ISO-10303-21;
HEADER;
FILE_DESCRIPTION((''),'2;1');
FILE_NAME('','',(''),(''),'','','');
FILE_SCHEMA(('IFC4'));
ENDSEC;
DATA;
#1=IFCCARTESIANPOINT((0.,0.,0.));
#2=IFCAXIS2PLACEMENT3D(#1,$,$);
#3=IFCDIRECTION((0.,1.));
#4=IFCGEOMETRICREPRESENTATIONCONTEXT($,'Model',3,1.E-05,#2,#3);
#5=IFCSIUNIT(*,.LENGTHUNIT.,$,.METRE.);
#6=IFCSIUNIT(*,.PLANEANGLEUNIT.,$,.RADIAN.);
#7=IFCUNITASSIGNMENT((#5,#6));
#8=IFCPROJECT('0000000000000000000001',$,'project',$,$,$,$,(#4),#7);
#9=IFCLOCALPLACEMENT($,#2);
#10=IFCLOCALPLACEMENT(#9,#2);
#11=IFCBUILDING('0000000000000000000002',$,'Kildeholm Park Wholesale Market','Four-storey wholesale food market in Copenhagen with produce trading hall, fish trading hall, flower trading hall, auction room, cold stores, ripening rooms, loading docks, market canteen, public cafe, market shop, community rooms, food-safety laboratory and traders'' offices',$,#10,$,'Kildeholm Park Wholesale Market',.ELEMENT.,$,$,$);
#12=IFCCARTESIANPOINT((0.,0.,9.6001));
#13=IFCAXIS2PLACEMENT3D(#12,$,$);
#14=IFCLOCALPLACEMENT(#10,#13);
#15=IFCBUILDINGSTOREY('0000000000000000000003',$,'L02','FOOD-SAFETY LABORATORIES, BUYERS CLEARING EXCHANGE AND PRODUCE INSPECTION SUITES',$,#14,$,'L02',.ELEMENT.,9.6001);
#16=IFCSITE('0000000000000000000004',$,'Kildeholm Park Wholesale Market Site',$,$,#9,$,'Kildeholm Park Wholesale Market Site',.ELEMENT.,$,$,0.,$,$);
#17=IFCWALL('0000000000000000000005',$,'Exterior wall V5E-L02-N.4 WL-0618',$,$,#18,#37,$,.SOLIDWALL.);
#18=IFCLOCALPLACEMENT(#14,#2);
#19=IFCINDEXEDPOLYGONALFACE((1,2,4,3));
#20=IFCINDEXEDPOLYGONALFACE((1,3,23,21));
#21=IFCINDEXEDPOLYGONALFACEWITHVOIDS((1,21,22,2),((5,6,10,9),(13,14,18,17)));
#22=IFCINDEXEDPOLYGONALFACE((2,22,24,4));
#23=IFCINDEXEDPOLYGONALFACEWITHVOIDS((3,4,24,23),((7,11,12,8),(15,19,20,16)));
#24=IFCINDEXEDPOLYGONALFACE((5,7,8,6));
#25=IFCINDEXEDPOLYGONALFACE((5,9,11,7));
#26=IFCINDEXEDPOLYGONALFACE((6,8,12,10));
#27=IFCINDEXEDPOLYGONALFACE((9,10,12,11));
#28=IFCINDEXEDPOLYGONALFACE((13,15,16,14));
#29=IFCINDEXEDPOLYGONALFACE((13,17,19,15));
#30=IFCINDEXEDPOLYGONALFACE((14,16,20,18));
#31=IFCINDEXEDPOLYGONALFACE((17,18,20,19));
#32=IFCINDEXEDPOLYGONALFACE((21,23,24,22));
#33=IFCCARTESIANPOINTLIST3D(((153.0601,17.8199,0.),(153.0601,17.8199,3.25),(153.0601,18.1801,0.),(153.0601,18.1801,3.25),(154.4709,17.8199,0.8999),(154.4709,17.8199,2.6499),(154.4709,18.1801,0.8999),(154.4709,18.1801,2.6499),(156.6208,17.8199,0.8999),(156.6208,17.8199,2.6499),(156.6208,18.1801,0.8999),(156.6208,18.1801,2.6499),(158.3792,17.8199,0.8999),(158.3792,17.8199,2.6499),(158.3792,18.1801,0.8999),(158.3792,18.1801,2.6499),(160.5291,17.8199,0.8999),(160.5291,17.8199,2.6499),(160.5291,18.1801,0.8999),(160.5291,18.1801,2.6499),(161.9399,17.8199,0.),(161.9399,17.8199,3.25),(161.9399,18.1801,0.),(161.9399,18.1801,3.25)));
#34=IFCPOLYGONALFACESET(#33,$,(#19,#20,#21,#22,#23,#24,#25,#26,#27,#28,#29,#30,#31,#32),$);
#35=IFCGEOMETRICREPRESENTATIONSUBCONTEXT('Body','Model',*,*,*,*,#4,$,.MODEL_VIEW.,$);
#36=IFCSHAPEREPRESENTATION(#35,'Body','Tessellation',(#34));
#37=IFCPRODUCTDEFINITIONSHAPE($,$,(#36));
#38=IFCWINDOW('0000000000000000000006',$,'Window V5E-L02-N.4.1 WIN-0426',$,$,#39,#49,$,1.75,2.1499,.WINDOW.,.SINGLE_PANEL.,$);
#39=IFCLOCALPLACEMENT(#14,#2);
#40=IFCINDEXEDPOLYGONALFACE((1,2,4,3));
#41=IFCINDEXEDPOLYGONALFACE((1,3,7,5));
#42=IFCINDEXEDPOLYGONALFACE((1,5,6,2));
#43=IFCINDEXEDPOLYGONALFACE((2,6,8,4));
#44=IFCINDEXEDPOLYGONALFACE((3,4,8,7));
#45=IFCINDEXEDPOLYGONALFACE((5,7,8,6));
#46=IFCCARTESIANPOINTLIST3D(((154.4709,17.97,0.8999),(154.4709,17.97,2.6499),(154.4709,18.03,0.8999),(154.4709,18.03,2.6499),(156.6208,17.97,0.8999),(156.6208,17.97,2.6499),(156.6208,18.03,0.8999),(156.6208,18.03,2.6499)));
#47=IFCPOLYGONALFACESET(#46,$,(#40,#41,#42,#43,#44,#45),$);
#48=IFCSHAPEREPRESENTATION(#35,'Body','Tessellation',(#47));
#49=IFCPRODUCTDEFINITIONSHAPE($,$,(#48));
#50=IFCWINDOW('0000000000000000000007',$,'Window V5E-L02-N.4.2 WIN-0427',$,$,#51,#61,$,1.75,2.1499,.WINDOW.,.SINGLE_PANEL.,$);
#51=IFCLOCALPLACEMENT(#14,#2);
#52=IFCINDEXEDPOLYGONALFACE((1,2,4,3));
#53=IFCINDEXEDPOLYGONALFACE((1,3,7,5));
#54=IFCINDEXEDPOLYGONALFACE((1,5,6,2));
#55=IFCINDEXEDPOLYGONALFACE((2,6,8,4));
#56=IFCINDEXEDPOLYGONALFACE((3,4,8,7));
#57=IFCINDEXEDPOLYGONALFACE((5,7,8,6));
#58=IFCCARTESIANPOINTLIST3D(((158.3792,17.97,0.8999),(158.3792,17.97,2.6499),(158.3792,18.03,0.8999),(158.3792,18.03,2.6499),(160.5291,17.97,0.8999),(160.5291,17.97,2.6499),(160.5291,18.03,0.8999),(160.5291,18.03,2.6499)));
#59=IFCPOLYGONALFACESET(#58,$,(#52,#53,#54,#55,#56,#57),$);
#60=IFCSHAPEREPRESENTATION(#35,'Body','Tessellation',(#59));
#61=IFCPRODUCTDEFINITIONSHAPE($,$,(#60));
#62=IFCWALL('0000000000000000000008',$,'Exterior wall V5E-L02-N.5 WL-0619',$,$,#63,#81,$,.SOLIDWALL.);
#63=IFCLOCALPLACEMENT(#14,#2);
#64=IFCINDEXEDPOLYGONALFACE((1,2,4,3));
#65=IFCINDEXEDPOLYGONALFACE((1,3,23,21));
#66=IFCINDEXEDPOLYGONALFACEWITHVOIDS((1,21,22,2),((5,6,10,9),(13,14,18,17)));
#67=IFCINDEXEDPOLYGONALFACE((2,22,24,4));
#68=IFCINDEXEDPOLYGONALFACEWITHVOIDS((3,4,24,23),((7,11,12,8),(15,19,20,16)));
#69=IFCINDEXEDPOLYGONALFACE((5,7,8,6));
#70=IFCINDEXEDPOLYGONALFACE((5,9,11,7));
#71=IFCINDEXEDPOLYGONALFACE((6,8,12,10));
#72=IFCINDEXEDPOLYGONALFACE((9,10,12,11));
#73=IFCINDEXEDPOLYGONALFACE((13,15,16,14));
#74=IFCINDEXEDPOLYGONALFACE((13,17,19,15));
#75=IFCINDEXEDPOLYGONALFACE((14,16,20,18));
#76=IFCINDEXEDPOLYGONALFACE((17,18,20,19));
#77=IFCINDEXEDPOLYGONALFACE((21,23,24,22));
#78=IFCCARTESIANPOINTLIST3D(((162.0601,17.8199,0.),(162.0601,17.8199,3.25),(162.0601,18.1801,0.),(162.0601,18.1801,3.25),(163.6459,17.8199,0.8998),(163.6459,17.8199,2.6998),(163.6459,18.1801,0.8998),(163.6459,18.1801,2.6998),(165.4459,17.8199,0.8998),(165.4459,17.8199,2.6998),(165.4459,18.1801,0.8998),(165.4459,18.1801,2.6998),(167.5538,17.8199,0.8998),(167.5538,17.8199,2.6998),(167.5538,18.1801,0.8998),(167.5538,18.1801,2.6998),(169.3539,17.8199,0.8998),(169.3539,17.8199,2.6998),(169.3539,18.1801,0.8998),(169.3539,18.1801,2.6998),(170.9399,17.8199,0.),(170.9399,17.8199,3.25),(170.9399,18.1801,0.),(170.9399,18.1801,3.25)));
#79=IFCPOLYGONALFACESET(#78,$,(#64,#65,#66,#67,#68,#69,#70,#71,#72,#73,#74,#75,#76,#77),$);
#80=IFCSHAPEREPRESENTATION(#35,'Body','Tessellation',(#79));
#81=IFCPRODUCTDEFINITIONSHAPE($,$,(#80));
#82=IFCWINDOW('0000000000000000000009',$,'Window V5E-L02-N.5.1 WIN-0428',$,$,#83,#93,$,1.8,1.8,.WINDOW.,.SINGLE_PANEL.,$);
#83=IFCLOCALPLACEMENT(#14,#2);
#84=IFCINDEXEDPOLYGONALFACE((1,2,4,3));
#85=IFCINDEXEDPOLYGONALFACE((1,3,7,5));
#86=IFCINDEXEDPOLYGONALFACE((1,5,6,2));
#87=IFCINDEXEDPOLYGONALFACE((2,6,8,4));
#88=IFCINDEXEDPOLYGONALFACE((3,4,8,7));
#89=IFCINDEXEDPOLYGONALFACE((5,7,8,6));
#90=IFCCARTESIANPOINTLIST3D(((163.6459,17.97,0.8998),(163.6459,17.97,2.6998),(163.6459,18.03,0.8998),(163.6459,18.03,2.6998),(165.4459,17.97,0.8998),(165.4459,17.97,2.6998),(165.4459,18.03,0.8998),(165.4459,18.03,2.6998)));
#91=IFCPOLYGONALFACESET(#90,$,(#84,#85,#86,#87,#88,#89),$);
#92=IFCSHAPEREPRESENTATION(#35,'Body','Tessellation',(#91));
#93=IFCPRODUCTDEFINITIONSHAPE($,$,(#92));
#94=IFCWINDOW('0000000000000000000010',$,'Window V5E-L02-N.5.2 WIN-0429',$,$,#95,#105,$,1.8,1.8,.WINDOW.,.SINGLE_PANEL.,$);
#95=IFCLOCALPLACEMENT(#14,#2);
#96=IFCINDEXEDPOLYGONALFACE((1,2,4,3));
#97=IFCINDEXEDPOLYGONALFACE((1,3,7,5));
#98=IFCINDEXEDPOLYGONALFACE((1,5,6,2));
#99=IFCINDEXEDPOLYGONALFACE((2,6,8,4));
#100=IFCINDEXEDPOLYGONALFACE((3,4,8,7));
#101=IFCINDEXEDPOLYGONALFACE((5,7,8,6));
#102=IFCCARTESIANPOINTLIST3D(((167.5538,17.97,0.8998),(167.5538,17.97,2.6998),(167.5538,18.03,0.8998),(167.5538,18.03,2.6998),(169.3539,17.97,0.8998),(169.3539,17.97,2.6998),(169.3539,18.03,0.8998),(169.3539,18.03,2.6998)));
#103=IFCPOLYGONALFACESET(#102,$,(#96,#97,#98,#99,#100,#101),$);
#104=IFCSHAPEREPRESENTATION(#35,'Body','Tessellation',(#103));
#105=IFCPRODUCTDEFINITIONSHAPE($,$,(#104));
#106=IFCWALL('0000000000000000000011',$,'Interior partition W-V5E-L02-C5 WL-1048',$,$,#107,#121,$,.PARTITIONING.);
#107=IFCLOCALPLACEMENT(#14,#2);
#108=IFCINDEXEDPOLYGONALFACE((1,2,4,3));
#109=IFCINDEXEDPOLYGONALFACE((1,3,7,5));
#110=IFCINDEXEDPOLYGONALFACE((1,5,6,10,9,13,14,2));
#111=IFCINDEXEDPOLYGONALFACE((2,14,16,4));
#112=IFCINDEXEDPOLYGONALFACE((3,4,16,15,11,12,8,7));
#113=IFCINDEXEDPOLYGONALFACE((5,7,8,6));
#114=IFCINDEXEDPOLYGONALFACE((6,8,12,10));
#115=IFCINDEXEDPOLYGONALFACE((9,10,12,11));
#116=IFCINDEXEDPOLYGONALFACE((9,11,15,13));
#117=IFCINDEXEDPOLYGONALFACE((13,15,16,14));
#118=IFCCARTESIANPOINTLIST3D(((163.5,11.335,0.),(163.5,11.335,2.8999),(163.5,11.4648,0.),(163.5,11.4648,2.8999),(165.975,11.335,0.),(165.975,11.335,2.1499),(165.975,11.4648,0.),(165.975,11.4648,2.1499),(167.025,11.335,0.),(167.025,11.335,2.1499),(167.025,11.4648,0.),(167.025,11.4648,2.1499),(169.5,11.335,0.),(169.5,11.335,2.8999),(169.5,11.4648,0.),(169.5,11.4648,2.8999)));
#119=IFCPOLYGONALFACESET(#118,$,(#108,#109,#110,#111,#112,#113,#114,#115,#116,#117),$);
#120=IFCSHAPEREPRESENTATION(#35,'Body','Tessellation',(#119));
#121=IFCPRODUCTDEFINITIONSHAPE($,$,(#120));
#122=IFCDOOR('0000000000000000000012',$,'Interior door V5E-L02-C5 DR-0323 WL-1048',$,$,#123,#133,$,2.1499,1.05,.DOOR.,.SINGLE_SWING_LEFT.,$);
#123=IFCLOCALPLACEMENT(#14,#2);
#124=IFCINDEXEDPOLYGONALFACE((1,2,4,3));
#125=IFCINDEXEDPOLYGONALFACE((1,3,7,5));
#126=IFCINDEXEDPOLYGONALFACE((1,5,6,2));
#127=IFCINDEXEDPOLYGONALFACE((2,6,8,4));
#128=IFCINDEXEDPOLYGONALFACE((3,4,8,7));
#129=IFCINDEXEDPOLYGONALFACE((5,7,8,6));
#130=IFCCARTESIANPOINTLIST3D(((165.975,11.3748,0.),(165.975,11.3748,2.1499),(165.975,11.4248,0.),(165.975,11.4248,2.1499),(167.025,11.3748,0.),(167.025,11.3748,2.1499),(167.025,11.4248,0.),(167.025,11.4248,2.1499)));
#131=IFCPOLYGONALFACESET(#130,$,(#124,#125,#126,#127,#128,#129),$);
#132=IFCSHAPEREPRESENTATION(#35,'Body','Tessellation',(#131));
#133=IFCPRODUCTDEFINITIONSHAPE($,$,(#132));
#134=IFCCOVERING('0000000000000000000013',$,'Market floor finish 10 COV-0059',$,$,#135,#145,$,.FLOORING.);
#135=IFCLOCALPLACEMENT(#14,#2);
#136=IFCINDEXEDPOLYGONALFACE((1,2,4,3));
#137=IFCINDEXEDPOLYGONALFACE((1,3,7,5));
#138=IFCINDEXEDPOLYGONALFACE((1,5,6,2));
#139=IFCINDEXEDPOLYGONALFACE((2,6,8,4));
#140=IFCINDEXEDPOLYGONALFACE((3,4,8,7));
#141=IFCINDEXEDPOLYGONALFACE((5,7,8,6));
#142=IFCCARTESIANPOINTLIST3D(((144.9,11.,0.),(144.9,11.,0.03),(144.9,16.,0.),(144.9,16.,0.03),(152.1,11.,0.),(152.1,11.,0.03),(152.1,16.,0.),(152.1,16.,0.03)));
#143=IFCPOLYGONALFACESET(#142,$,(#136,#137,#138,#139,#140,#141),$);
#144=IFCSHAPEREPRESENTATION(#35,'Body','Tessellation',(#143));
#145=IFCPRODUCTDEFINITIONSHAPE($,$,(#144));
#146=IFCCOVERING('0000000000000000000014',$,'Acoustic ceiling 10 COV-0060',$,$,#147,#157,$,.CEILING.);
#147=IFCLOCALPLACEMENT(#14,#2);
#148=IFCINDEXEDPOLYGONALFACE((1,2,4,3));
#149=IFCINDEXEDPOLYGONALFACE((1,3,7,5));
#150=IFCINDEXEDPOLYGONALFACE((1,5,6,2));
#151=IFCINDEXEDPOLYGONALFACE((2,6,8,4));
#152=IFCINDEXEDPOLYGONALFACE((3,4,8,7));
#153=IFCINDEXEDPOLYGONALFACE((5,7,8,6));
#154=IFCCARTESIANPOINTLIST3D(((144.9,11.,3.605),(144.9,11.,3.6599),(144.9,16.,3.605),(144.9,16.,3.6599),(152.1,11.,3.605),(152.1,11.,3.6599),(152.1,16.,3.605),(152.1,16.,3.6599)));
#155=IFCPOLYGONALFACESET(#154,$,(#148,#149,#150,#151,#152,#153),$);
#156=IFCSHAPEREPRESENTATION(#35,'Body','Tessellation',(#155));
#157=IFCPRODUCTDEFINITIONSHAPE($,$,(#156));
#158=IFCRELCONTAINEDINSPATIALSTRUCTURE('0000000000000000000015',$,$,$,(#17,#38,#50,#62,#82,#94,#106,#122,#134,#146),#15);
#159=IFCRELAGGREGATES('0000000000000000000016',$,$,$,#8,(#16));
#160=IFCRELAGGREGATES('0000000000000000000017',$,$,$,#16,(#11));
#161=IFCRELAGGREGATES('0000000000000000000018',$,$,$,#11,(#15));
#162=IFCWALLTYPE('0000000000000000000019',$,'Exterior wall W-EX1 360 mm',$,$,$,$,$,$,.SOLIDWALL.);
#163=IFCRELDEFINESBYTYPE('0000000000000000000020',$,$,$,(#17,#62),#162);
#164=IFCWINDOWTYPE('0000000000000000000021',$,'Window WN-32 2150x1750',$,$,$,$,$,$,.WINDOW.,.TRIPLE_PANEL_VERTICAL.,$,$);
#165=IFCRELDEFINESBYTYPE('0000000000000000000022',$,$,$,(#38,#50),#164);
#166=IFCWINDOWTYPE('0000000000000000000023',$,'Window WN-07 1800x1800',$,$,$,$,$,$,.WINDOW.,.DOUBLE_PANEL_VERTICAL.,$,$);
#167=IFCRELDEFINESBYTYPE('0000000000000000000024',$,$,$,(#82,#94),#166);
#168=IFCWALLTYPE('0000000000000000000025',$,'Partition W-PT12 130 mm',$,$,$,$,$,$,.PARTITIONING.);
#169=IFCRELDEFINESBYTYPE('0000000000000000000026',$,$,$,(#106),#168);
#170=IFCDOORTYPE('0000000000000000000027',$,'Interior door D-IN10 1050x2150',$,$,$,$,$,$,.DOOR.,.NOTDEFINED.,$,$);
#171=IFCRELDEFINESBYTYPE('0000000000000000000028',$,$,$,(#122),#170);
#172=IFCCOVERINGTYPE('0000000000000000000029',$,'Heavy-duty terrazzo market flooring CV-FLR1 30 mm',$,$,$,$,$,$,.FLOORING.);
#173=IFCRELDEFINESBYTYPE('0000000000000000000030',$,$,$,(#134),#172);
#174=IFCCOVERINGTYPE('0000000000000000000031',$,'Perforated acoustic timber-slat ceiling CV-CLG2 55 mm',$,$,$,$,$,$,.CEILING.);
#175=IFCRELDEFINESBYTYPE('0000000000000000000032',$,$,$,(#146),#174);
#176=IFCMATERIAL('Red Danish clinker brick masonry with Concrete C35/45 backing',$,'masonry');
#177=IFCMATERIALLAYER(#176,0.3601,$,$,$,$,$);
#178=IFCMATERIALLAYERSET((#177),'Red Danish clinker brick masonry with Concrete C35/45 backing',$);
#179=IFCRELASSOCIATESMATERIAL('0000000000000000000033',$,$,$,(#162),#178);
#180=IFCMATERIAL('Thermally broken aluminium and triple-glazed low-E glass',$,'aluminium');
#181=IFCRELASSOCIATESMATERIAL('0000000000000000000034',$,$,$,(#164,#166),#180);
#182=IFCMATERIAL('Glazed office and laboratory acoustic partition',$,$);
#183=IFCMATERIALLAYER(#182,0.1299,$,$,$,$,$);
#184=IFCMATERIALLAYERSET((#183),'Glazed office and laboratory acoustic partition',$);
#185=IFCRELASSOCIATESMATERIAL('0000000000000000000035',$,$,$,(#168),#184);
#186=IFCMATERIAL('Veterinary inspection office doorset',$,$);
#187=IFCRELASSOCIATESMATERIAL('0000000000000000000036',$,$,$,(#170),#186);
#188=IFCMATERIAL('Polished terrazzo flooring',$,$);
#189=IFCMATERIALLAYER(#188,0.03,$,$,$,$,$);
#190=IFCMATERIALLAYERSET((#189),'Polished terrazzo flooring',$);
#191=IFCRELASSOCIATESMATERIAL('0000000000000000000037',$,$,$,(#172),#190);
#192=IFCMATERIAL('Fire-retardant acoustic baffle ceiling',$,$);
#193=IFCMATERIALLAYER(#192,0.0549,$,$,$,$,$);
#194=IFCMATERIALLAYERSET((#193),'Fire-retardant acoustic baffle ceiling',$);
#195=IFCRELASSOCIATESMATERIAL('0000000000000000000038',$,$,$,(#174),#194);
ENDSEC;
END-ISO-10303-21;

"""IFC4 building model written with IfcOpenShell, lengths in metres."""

from ifc_helpers import new_model, si_unit, direction, frame, frame_2d, origin, origin_2d, place, context, subcontext, project, spatial, rectangle, extrude, material, layer, layer_set, type_object, element, fill, save


model = new_model("IFC4")

# Units and contexts
model_context = context("Model", 3, precision=1e-05, world=origin(), true_north=direction((0.0, 1.0)))
body_context = subcontext(model_context, "Body", "Model", "MODEL_VIEW")
ifc_project = project(units=[si_unit("LENGTHUNIT", "METRE"), si_unit("PLANEANGLEUNIT", "RADIAN")], contexts=[model_context])

# Site, building, storey
site_placement = place(None, origin())
site = spatial("IfcSite", under=ifc_project, at=site_placement, Name="Kildeholm Park Wholesale Market Site", LongName="Kildeholm Park Wholesale Market Site", CompositionType="ELEMENT", RefElevation=0.0)
building_placement = place(site_placement, origin())
building = spatial("IfcBuilding", under=site, at=building_placement, Name="Kildeholm Park Wholesale Market", Description="Four-storey wholesale food market in Copenhagen with produce trading hall, fish trading hall, flower trading hall, auction room, cold stores, ripening rooms, loading docks, market canteen, public cafe, market shop, community rooms, food-safety laboratory and traders' offices", LongName="Kildeholm Park Wholesale Market", CompositionType="ELEMENT")
storey_placement = place(building_placement, frame((0.0, 0.0, 9.6001)))
storey = spatial("IfcBuildingStorey", under=building, at=storey_placement, Name="L02", Description="FOOD-SAFETY LABORATORIES, BUYERS CLEARING EXCHANGE AND PRODUCE INSPECTION SUITES", LongName="L02", CompositionType="ELEMENT", Elevation=9.6001)

# Walls, openings, windows
ifc_material_1 = material(Name="Red Danish clinker brick masonry with Concrete C35/45 backing", Category="masonry")
ifc_layer_1 = layer(ifc_material_1, 0.3601)
ifc_layer_set_1 = layer_set([ifc_layer_1], Name="Red Danish clinker brick masonry with Concrete C35/45 backing")
wall_type_1 = type_object("IfcWallType", Name="Exterior wall W-EX1 360 mm", PredefinedType="SOLIDWALL", material=ifc_layer_set_1)
wall_1_placement = place(storey_placement, frame((153.0601, 18.0, 0.0), z_axis=(0.0, 0.0, 1.0), x_axis=(1.0, 0.0, 0.0)))
wall_1 = element("IfcWall", 1, at=wall_1_placement, inside=storey, type_object=wall_type_1, Name="Exterior wall V5E-L02-N.4 WL-0618", PredefinedType="SOLIDWALL", context=body_context, shape_type="SweptSolid", body=[
    extrude(rectangle(XDim=8.8799, YDim=0.3601, at=frame_2d((4.4399, 0.0))), origin(), (0.0, 0.0, 1.0), 3.25),
])
opening_1_placement = place(wall_1_placement, frame((1.4109, 0.0, 0.8999)))
opening_1 = element("IfcOpeningElement", 2, at=opening_1_placement, cuts=wall_1, PredefinedType="OPENING", context=body_context, shape_type="SweptSolid", body=[
    extrude(rectangle(XDim=2.1499, YDim=1.75, at=frame_2d((1.075, 0.875))), frame((0.0, 0.1899, 0.0), z_axis=(0.0, -1.0, 0.0), x_axis=(1.0, 0.0, 0.0)), (0.0, 0.0, 1.0), 0.3801),
])
opening_2_placement = place(wall_1_placement, frame((5.3191, 0.0, 0.8999)))
opening_2 = element("IfcOpeningElement", 3, at=opening_2_placement, cuts=wall_1, PredefinedType="OPENING", context=body_context, shape_type="SweptSolid", body=[
    extrude(rectangle(XDim=2.1499, YDim=1.75, at=frame_2d((1.075, 0.875))), frame((0.0, 0.1899, 0.0), z_axis=(0.0, -1.0, 0.0), x_axis=(1.0, 0.0, 0.0)), (0.0, 0.0, 1.0), 0.3801),
])
ifc_material_2 = material(Name="Thermally broken aluminium and triple-glazed low-E glass", Category="aluminium")
window_type_1 = type_object("IfcWindowType", Name="Window WN-32 2150x1750", PartitioningType="TRIPLE_PANEL_VERTICAL", PredefinedType="WINDOW", material=ifc_material_2)
window_1_placement = place(opening_1_placement, origin())
window_1 = element("IfcWindow", 4, at=window_1_placement, inside=storey, type_object=window_type_1, Name="Window V5E-L02-N.4.1 WIN-0426", OverallHeight=1.75, OverallWidth=2.1499, PartitioningType="SINGLE_PANEL", PredefinedType="WINDOW", context=body_context, shape_type="SweptSolid", body=[
    extrude(rectangle(XDim=2.1499, YDim=1.75, at=frame_2d((1.075, 0.875))), frame((0.0, 0.03, 0.0), z_axis=(0.0, -1.0, 0.0), x_axis=(1.0, 0.0, 0.0)), (0.0, 0.0, 1.0), 0.0601),
])
fill(opening_1, window_1)
window_2_placement = place(opening_2_placement, origin())
window_2 = element("IfcWindow", 5, at=window_2_placement, inside=storey, type_object=window_type_1, Name="Window V5E-L02-N.4.2 WIN-0427", OverallHeight=1.75, OverallWidth=2.1499, PartitioningType="SINGLE_PANEL", PredefinedType="WINDOW", context=body_context, shape_type="SweptSolid", body=[
    extrude(rectangle(XDim=2.1499, YDim=1.75, at=frame_2d((1.075, 0.875))), frame((0.0, 0.03, 0.0), z_axis=(0.0, -1.0, 0.0), x_axis=(1.0, 0.0, 0.0)), (0.0, 0.0, 1.0), 0.0601),
])
fill(opening_2, window_2)
wall_2_placement = place(storey_placement, frame((162.0601, 18.0, 0.0), z_axis=(0.0, 0.0, 1.0), x_axis=(1.0, 0.0, 0.0)))
wall_2 = element("IfcWall", 6, at=wall_2_placement, inside=storey, type_object=wall_type_1, Name="Exterior wall V5E-L02-N.5 WL-0619", PredefinedType="SOLIDWALL", context=body_context, shape_type="SweptSolid", body=[
    extrude(rectangle(XDim=8.8799, YDim=0.3601, at=frame_2d((4.4399, 0.0))), origin(), (0.0, 0.0, 1.0), 3.25),
])
opening_3_placement = place(wall_2_placement, frame((1.5859, 0.0, 0.8999)))
opening_3 = element("IfcOpeningElement", 7, at=opening_3_placement, cuts=wall_2, PredefinedType="OPENING", context=body_context, shape_type="SweptSolid", body=[
    extrude(rectangle(XDim=1.8, YDim=1.8, at=frame_2d((0.8999, 0.8999))), frame((0.0, 0.1899, 0.0), z_axis=(0.0, -1.0, 0.0), x_axis=(1.0, 0.0, 0.0)), (0.0, 0.0, 1.0), 0.3801),
])
opening_4_placement = place(wall_2_placement, frame((5.4939, 0.0, 0.8999)))
opening_4 = element("IfcOpeningElement", 8, at=opening_4_placement, cuts=wall_2, PredefinedType="OPENING", context=body_context, shape_type="SweptSolid", body=[
    extrude(rectangle(XDim=1.8, YDim=1.8, at=frame_2d((0.8999, 0.8999))), frame((0.0, 0.1899, 0.0), z_axis=(0.0, -1.0, 0.0), x_axis=(1.0, 0.0, 0.0)), (0.0, 0.0, 1.0), 0.3801),
])
window_type_2 = type_object("IfcWindowType", Name="Window WN-07 1800x1800", PartitioningType="DOUBLE_PANEL_VERTICAL", PredefinedType="WINDOW", material=ifc_material_2)
window_3_placement = place(opening_3_placement, origin())
window_3 = element("IfcWindow", 9, at=window_3_placement, inside=storey, type_object=window_type_2, Name="Window V5E-L02-N.5.1 WIN-0428", OverallHeight=1.8, OverallWidth=1.8, PartitioningType="SINGLE_PANEL", PredefinedType="WINDOW", context=body_context, shape_type="SweptSolid", body=[
    extrude(rectangle(XDim=1.8, YDim=1.8, at=frame_2d((0.8999, 0.8999))), frame((0.0, 0.03, 0.0), z_axis=(0.0, -1.0, 0.0), x_axis=(1.0, 0.0, 0.0)), (0.0, 0.0, 1.0), 0.0601),
])
fill(opening_3, window_3)
window_4_placement = place(opening_4_placement, origin())
window_4 = element("IfcWindow", 10, at=window_4_placement, inside=storey, type_object=window_type_2, Name="Window V5E-L02-N.5.2 WIN-0429", OverallHeight=1.8, OverallWidth=1.8, PartitioningType="SINGLE_PANEL", PredefinedType="WINDOW", context=body_context, shape_type="SweptSolid", body=[
    extrude(rectangle(XDim=1.8, YDim=1.8, at=frame_2d((0.8999, 0.8999))), frame((0.0, 0.03, 0.0), z_axis=(0.0, -1.0, 0.0), x_axis=(1.0, 0.0, 0.0)), (0.0, 0.0, 1.0), 0.0601),
])
fill(opening_4, window_4)

# Wall, opening, door
ifc_material_3 = material(Name="Glazed office and laboratory acoustic partition")
ifc_layer_2 = layer(ifc_material_3, 0.1299)
ifc_layer_set_2 = layer_set([ifc_layer_2], Name="Glazed office and laboratory acoustic partition")
wall_type_2 = type_object("IfcWallType", Name="Partition W-PT12 130 mm", PredefinedType="PARTITIONING", material=ifc_layer_set_2)
wall_3_placement = place(storey_placement, frame((163.5, 11.3999, 0.0), z_axis=(0.0, 0.0, 1.0), x_axis=(1.0, 0.0, 0.0)))
wall_3 = element("IfcWall", 11, at=wall_3_placement, inside=storey, type_object=wall_type_2, Name="Interior partition W-V5E-L02-C5 WL-1048", PredefinedType="PARTITIONING", context=body_context, shape_type="SweptSolid", body=[
    extrude(rectangle(XDim=6.0, YDim=0.1299, at=frame_2d((3.0, 0.0))), origin(), (0.0, 0.0, 1.0), 2.8999),
])
opening_5_placement = place(wall_3_placement, frame((2.4751, 0.0, 0.0)))
opening_5 = element("IfcOpeningElement", 12, at=opening_5_placement, cuts=wall_3, PredefinedType="OPENING", context=body_context, shape_type="SweptSolid", body=[
    extrude(rectangle(XDim=1.05, YDim=2.1499, at=frame_2d((0.5249, 1.075))), frame((0.0, 0.075, 0.0), z_axis=(0.0, -1.0, 0.0), x_axis=(1.0, 0.0, 0.0)), (0.0, 0.0, 1.0), 0.1499),
])
ifc_material_4 = material(Name="Veterinary inspection office doorset")
door_type = type_object("IfcDoorType", Name="Interior door D-IN10 1050x2150", OperationType="NOTDEFINED", PredefinedType="DOOR", material=ifc_material_4)
door_placement = place(opening_5_placement, origin())
door = element("IfcDoor", 13, at=door_placement, inside=storey, type_object=door_type, Name="Interior door V5E-L02-C5 DR-0323 WL-1048", OperationType="SINGLE_SWING_LEFT", OverallHeight=2.1499, OverallWidth=1.05, PredefinedType="DOOR", context=body_context, shape_type="SweptSolid", body=[
    extrude(rectangle(XDim=1.05, YDim=2.1499, at=frame_2d((0.5249, 1.075))), frame((0.0, 0.0249, 0.0), z_axis=(0.0, -1.0, 0.0), x_axis=(1.0, 0.0, 0.0)), (0.0, 0.0, 1.0), 0.05),
])
fill(opening_5, door)

# Coverings
ifc_material_5 = material(Name="Polished terrazzo flooring")
ifc_layer_3 = layer(ifc_material_5, 0.03)
ifc_layer_set_3 = layer_set([ifc_layer_3], Name="Polished terrazzo flooring")
covering_type_1 = type_object("IfcCoveringType", Name="Heavy-duty terrazzo market flooring CV-FLR1 30 mm", PredefinedType="FLOORING", material=ifc_layer_set_3)
covering_1_placement = place(storey_placement, frame((148.5, 13.5, 0.0), z_axis=(0.0, 0.0, 1.0), x_axis=(1.0, 0.0, 0.0)))
element("IfcCovering", 14, at=covering_1_placement, inside=storey, type_object=covering_type_1, Name="Market floor finish 10 COV-0059", PredefinedType="FLOORING", context=body_context, shape_type="SweptSolid", body=[
    extrude(rectangle(XDim=7.2, YDim=5.0, at=origin_2d()), origin(), (0.0, 0.0, 1.0), 0.03),
])
ifc_material_6 = material(Name="Fire-retardant acoustic baffle ceiling")
ifc_layer_4 = layer(ifc_material_6, 0.0549)
ifc_layer_set_4 = layer_set([ifc_layer_4], Name="Fire-retardant acoustic baffle ceiling")
covering_type_2 = type_object("IfcCoveringType", Name="Perforated acoustic timber-slat ceiling CV-CLG2 55 mm", PredefinedType="CEILING", material=ifc_layer_set_4)
covering_2_placement = place(storey_placement, frame((148.5, 13.5, 3.605), z_axis=(0.0, 0.0, 1.0), x_axis=(1.0, 0.0, 0.0)))
element("IfcCovering", 15, at=covering_2_placement, inside=storey, type_object=covering_type_2, Name="Acoustic ceiling 10 COV-0060", PredefinedType="CEILING", context=body_context, shape_type="SweptSolid", body=[
    extrude(rectangle(XDim=7.2, YDim=5.0, at=origin_2d()), origin(), (0.0, 0.0, 1.0), 0.0549),
])

save(model, "model.ifc")
